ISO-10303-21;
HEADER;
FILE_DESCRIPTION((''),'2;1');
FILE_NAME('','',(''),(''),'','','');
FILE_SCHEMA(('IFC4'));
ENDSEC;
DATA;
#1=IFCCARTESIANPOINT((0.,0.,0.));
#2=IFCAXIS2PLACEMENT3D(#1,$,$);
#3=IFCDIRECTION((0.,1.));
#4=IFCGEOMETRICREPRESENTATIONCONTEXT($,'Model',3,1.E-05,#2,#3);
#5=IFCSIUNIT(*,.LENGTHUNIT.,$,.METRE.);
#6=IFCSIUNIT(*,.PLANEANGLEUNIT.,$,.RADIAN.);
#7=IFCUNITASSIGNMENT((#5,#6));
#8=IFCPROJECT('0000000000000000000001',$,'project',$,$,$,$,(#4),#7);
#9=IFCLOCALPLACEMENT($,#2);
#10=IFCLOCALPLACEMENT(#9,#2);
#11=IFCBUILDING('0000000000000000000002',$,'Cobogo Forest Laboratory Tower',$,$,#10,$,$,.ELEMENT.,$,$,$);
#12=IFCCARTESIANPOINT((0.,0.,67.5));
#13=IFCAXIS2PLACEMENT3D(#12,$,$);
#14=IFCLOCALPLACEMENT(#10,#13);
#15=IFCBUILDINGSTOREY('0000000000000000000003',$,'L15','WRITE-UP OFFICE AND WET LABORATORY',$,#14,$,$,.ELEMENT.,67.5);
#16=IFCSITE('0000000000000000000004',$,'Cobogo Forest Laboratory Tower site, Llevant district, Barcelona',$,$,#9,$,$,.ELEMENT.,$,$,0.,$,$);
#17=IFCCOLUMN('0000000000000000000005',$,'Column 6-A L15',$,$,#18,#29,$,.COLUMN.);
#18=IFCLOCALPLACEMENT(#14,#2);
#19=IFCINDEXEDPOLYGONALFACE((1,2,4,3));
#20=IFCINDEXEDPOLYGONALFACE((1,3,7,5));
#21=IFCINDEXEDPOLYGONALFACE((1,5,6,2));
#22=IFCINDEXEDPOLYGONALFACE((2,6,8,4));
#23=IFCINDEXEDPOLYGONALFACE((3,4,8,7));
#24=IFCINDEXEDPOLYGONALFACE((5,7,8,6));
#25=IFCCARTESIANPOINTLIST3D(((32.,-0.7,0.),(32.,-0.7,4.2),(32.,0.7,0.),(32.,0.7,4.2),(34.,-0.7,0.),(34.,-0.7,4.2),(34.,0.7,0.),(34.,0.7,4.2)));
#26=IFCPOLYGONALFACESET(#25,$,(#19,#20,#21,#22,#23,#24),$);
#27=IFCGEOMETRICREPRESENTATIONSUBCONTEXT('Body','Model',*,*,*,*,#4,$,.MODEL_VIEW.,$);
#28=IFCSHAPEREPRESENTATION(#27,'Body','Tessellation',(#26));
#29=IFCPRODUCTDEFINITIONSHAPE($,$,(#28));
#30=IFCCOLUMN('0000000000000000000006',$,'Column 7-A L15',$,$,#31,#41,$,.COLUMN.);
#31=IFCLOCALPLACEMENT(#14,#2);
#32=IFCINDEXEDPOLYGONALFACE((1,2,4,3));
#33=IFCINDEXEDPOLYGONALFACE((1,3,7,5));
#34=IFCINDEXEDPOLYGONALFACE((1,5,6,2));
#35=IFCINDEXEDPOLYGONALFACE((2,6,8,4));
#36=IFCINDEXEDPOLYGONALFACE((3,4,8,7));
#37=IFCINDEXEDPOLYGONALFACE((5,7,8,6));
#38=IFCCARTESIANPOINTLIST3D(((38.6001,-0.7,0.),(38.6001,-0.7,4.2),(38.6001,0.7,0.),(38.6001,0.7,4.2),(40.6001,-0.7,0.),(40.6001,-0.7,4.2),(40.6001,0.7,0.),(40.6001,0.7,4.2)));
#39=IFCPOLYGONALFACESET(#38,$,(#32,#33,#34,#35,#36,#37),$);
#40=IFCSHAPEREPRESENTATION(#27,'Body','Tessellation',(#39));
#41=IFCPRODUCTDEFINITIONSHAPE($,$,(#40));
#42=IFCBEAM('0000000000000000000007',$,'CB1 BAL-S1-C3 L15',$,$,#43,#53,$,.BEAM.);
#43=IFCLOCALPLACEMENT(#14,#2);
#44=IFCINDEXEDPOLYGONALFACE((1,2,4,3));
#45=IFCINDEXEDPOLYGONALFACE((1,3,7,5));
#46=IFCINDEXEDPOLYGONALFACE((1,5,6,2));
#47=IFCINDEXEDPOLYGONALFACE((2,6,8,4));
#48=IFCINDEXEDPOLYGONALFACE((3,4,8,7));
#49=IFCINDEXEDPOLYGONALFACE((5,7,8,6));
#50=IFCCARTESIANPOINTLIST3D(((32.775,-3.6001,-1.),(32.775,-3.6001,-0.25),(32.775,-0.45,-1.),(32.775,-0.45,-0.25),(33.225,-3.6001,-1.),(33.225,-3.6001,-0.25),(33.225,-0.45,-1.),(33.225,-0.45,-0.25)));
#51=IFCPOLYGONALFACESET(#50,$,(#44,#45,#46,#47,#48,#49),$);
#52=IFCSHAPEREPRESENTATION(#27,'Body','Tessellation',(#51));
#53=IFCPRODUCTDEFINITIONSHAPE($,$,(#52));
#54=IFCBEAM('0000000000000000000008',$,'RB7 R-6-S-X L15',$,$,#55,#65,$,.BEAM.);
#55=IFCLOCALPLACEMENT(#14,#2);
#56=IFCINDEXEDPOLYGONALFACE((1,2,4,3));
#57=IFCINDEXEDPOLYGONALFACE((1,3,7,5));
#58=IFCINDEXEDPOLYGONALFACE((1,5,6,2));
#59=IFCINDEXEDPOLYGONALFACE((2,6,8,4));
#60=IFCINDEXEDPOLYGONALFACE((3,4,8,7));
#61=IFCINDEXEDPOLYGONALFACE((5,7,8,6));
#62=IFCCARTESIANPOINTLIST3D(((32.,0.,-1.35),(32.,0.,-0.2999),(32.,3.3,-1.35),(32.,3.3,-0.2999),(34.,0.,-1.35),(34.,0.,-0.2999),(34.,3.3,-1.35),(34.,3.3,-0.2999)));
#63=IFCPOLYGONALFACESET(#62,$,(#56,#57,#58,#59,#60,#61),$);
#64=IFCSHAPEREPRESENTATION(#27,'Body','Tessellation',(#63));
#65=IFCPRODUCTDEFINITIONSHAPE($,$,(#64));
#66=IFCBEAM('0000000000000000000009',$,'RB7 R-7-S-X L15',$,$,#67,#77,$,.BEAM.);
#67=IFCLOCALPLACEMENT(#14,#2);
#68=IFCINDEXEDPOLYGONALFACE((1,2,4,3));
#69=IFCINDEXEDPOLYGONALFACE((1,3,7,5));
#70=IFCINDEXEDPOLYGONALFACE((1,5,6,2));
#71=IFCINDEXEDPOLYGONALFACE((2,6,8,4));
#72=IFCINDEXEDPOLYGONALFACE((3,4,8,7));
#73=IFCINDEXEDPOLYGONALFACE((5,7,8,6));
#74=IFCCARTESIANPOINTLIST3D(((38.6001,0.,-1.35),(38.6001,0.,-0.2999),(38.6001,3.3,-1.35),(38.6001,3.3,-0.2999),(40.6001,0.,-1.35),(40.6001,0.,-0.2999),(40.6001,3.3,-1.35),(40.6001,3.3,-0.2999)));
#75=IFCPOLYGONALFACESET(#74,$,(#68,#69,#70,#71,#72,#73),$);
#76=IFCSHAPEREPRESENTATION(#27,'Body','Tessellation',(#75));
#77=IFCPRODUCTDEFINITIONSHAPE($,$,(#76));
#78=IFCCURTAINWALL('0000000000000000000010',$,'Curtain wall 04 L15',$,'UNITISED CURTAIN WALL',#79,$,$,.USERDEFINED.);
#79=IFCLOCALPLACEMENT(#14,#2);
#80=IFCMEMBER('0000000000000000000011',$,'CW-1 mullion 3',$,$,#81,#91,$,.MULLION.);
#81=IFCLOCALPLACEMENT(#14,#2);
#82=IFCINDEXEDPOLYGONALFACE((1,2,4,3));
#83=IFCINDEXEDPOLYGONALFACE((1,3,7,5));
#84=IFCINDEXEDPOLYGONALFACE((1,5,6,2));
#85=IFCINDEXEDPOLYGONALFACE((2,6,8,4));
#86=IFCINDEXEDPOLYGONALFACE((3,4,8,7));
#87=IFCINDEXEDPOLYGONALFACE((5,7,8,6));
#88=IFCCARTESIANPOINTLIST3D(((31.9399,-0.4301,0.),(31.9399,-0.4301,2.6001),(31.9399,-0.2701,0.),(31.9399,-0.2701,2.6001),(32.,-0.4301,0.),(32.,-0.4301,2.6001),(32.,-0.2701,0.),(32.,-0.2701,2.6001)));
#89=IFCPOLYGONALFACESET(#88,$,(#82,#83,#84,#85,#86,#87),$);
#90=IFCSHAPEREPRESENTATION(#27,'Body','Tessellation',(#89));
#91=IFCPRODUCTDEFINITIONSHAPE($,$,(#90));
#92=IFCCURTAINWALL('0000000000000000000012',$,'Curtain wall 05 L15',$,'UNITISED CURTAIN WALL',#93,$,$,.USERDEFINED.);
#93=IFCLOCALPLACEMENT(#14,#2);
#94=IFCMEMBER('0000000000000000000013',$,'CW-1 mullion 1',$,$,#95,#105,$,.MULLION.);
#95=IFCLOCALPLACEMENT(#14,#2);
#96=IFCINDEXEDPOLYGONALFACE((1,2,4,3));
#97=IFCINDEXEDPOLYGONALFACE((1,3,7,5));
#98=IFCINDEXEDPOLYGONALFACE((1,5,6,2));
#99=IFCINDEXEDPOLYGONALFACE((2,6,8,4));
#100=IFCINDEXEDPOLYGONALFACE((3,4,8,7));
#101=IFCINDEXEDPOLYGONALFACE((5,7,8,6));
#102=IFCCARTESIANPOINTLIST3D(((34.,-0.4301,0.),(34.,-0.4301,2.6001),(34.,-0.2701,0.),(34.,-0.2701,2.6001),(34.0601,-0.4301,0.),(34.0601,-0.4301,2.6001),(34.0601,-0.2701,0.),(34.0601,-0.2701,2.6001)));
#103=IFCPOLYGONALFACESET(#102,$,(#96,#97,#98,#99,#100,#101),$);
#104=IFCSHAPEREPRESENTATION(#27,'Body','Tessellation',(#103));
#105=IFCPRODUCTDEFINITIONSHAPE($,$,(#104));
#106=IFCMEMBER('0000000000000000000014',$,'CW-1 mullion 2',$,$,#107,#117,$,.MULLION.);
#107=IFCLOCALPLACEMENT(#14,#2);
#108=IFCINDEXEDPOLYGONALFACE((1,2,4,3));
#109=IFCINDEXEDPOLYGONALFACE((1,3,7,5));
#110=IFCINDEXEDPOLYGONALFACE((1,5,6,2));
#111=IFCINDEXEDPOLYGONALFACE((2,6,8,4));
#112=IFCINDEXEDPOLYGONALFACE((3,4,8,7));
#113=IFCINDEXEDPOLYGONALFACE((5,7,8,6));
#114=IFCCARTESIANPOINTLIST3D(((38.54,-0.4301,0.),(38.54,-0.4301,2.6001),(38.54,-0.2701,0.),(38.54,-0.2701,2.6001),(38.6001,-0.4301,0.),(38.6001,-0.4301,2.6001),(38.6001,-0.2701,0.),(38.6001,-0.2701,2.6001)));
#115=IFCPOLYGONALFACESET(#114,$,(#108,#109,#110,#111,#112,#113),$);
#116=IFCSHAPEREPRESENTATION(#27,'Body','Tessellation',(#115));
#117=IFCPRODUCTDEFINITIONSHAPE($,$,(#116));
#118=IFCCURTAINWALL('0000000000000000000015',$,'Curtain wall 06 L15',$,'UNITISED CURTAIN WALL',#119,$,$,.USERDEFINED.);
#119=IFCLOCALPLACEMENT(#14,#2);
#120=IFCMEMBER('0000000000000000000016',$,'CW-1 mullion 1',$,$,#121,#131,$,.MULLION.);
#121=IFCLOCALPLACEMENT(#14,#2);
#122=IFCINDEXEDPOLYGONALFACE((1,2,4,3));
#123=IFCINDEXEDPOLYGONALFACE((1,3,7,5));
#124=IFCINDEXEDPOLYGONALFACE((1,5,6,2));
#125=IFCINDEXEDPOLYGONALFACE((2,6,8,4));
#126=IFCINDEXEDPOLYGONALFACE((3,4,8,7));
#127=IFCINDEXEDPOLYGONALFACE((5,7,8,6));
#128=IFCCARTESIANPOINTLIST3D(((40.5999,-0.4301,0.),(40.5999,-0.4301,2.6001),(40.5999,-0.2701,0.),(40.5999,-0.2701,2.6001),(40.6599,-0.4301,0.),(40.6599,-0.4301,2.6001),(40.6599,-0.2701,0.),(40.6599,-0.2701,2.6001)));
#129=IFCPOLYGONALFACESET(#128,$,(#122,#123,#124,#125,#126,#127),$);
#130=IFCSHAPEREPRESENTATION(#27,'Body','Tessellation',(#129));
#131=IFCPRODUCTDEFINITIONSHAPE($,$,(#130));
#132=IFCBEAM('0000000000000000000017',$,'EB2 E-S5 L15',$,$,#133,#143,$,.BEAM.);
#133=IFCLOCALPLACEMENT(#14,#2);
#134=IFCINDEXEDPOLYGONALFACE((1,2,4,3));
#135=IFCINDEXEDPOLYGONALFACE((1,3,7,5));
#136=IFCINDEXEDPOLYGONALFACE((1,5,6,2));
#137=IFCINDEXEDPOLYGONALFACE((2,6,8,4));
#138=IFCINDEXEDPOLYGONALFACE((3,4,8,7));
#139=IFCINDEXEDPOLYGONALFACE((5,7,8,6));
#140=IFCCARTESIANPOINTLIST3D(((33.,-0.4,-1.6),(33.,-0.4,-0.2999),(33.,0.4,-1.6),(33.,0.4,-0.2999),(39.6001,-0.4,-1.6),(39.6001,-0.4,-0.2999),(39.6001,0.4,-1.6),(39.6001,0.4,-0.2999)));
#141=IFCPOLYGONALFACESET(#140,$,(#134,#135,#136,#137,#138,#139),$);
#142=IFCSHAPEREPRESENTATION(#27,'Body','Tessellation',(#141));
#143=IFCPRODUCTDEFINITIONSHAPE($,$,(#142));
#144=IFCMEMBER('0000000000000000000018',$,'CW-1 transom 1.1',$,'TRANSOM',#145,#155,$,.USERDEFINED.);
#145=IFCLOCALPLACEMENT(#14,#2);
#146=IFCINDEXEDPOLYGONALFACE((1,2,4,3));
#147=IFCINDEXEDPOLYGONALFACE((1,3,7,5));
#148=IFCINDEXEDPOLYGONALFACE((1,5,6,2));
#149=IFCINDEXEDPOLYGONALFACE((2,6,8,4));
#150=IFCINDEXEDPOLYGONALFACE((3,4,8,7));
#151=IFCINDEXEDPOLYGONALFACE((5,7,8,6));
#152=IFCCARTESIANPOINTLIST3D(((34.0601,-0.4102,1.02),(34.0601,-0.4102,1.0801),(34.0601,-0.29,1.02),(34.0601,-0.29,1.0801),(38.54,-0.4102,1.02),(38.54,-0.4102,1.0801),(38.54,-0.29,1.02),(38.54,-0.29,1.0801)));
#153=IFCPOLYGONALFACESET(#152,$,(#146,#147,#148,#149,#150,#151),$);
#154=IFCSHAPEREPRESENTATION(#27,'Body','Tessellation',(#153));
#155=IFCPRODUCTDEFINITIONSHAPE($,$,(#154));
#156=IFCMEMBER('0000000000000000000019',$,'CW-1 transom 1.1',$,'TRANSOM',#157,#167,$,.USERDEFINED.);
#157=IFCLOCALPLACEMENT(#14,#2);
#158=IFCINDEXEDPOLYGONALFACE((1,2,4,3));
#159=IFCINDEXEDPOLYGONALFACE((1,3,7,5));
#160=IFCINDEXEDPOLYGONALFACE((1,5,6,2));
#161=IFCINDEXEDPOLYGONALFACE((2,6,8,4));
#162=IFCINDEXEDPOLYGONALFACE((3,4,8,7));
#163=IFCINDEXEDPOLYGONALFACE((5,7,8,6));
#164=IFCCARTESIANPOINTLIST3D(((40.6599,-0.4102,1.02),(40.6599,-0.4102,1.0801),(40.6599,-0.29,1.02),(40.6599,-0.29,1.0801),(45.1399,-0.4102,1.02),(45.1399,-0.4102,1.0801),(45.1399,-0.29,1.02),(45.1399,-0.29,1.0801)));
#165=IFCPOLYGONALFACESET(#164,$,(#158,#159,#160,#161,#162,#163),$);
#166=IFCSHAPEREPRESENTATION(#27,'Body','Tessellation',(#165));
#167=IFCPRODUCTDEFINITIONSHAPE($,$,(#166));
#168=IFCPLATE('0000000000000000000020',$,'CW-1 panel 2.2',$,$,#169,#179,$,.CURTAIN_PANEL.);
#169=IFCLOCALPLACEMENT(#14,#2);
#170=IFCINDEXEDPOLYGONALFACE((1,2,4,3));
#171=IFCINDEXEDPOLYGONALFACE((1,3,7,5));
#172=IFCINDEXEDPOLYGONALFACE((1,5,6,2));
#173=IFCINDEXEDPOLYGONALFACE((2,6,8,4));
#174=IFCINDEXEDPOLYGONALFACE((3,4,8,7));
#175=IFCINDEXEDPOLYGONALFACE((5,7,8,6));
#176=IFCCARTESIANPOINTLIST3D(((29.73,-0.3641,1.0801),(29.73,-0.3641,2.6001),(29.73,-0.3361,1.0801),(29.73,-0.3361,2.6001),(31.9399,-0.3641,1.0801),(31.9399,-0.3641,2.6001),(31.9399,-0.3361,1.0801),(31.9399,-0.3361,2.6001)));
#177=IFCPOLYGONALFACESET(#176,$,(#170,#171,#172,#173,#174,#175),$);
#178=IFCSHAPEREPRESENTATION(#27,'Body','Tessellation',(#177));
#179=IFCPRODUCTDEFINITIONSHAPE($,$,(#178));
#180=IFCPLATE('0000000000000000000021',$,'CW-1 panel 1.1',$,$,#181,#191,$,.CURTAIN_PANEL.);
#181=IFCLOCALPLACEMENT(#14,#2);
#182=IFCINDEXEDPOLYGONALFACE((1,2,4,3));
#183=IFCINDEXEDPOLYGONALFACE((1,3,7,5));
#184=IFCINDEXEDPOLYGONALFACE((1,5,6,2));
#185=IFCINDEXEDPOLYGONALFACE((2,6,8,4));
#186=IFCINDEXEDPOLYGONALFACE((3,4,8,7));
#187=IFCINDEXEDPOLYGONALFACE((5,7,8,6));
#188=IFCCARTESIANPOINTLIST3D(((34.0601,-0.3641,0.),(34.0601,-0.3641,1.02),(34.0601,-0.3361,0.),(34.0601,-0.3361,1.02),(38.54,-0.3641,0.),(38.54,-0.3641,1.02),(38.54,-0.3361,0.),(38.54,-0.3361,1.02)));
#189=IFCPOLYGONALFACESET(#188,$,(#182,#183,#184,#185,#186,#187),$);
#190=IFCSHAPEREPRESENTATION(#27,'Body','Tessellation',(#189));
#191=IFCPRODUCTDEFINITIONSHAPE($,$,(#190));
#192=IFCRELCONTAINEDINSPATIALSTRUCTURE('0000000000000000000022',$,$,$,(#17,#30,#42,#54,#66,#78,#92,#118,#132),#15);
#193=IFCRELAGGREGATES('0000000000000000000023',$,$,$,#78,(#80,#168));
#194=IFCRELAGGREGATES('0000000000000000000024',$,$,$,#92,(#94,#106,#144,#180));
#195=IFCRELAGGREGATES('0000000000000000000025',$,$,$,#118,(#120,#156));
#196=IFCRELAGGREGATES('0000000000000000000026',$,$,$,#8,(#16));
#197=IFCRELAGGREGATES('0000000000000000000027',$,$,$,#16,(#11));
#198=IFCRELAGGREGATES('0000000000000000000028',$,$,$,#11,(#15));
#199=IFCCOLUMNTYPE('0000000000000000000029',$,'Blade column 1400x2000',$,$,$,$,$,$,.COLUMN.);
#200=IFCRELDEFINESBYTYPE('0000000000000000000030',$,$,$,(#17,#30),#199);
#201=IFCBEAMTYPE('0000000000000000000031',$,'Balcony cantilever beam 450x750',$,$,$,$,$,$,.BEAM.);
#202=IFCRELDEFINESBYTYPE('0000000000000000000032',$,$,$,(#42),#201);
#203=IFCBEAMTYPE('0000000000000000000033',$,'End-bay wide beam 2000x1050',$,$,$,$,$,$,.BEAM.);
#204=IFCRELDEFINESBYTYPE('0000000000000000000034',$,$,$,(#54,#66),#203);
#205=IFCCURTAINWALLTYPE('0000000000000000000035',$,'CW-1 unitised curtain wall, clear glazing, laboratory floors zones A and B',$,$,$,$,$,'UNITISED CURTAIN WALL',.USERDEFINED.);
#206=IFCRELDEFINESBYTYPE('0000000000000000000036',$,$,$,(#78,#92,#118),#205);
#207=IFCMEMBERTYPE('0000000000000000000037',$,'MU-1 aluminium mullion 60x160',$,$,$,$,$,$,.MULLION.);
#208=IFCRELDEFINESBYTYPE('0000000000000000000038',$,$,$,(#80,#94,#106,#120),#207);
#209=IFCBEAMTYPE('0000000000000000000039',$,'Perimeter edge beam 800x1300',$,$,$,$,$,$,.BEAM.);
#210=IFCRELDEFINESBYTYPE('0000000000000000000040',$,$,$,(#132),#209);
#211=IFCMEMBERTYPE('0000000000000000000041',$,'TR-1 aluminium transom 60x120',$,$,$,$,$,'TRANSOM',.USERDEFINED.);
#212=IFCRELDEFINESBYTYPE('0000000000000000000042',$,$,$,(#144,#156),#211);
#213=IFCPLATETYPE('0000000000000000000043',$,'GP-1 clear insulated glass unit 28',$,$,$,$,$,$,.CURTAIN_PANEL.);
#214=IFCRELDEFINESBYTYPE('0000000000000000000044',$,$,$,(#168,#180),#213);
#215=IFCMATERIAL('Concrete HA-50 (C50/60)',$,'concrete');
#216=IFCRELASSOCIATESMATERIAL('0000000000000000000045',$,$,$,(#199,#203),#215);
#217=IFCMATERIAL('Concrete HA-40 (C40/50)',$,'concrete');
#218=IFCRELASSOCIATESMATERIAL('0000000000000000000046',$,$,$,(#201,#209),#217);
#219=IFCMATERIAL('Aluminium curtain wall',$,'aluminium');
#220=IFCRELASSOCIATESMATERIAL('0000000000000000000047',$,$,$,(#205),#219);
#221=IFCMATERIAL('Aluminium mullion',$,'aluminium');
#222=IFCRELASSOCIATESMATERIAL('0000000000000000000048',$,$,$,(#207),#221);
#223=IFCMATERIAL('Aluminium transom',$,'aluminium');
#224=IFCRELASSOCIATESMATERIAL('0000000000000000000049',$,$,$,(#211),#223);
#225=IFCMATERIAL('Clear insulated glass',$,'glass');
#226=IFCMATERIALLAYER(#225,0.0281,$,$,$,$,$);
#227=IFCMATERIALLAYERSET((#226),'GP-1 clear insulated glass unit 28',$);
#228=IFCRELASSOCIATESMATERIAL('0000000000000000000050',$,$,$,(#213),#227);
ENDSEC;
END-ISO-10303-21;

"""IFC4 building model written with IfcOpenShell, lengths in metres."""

from ifc_helpers import new_model, si_unit, direction, frame, origin, origin_2d, place, context, subcontext, project, spatial, rectangle, extrude, material, layer, layer_set, material_profile, profile_set, type_object, element, aggregate, save


model = new_model("IFC4")

# Units and contexts
model_context = context("Model", 3, precision=1e-05, world=origin(), true_north=direction((0.0, 1.0)))
body_context = subcontext(model_context, "Body", "Model", "MODEL_VIEW")
ifc_project = project(units=[si_unit("LENGTHUNIT", "METRE"), si_unit("PLANEANGLEUNIT", "RADIAN")], contexts=[model_context])

# Site, building, storey
site_placement = place(None, origin())
site = spatial("IfcSite", under=ifc_project, at=site_placement, Name="Cobogo Forest Laboratory Tower site, Llevant district, Barcelona", CompositionType="ELEMENT", RefElevation=0.0)
building_placement = place(site_placement, origin())
building = spatial("IfcBuilding", under=site, at=building_placement, Name="Cobogo Forest Laboratory Tower", CompositionType="ELEMENT")
storey_placement = place(building_placement, frame((0.0, 0.0, 67.5)))
storey = spatial("IfcBuildingStorey", under=building, at=storey_placement, Name="L15", Description="WRITE-UP OFFICE AND WET LABORATORY", CompositionType="ELEMENT", Elevation=67.5)

# Columns
ifc_material_1 = material(Name="Concrete HA-50 (C50/60)", Category="concrete")
ifc_material_profile_1 = material_profile(ifc_material_1, rectangle(XDim=2.0, YDim=1.3999, at=origin_2d()), Name="RC 1400x2000")
ifc_profile_set_1 = profile_set([ifc_material_profile_1], Name="Concrete HA-50 (C50/60)")
column_type = type_object("IfcColumnType", Name="Blade column 1400x2000", PredefinedType="COLUMN", material=ifc_profile_set_1)
for number, where, z_axis, x_axis, name in (
    (1, (33.0, 0.0, 0.0), (0.0, 0.0, 1.0), (1.0, 0.0, 0.0), "Column 6-A L15"),
    (2, (39.6001, 0.0, 0.0), (0.0, 0.0, 1.0), (1.0, 0.0, 0.0), "Column 7-A L15"),
):
    element("IfcColumn", number, at=place(storey_placement, frame(where, z_axis=z_axis, x_axis=x_axis)), inside=storey, type_object=column_type, Name=name, PredefinedType="COLUMN", context=body_context, shape_type="SweptSolid", body=[
        extrude(rectangle(XDim=2.0, YDim=1.3999, at=origin_2d()), origin(), (0.0, 0.0, 1.0), 4.2),
    ])

# Beams
ifc_material_2 = material(Name="Concrete HA-40 (C40/50)", Category="concrete")
ifc_material_profile_2 = material_profile(ifc_material_2, rectangle(XDim=0.45, YDim=0.75, at=origin_2d()), Name="RC 450x750")
ifc_profile_set_2 = profile_set([ifc_material_profile_2], Name="Concrete HA-40 (C40/50)")
beam_type_1 = type_object("IfcBeamType", Name="Balcony cantilever beam 450x750", PredefinedType="BEAM", material=ifc_profile_set_2)
beam_1_placement = place(storey_placement, frame((33.0, -0.45, -0.625), z_axis=(0.0, -1.0, 0.0), x_axis=(1.0, 0.0, 0.0)))
element("IfcBeam", 3, at=beam_1_placement, inside=storey, type_object=beam_type_1, Name="CB1 BAL-S1-C3 L15", PredefinedType="BEAM", context=body_context, shape_type="SweptSolid", body=[
    extrude(rectangle(XDim=0.45, YDim=0.75, at=origin_2d()), origin(), (0.0, 0.0, 1.0), 3.1501),
])
ifc_material_profile_3 = material_profile(ifc_material_1, rectangle(XDim=2.0, YDim=1.05, at=origin_2d()), Name="RC 2000x1050")
ifc_profile_set_3 = profile_set([ifc_material_profile_3], Name="Concrete HA-50 (C50/60)")
beam_type_2 = type_object("IfcBeamType", Name="End-bay wide beam 2000x1050", PredefinedType="BEAM", material=ifc_profile_set_3)
for number, where, z_axis, x_axis, name in (
    (4, (33.0, 0.0, -0.825), (0.0, 1.0, 0.0), (-1.0, 0.0, 0.0), "RB7 R-6-S-X L15"),
    (5, (39.6001, 0.0, -0.825), (0.0, 1.0, 0.0), (-1.0, 0.0, 0.0), "RB7 R-7-S-X L15"),
):
    element("IfcBeam", number, at=place(storey_placement, frame(where, z_axis=z_axis, x_axis=x_axis)), inside=storey, type_object=beam_type_2, Name=name, PredefinedType="BEAM", context=body_context, shape_type="SweptSolid", body=[
        extrude(rectangle(XDim=2.0, YDim=1.05, at=origin_2d()), origin(), (0.0, 0.0, 1.0), 3.3),
    ])

# Curtain wall, member
ifc_material_3 = material(Name="Aluminium curtain wall", Category="aluminium")
curtain_wall_type = type_object("IfcCurtainWallType", Name="CW-1 unitised curtain wall, clear glazing, laboratory floors zones A and B", ElementType="UNITISED CURTAIN WALL", PredefinedType="USERDEFINED", material=ifc_material_3)
curtain_wall_1_placement = place(storey_placement, origin())
curtain_wall_1 = element("IfcCurtainWall", 6, at=curtain_wall_1_placement, inside=storey, type_object=curtain_wall_type, Name="Curtain wall 04 L15", ObjectType="UNITISED CURTAIN WALL", PredefinedType="USERDEFINED")
ifc_material_4 = material(Name="Aluminium mullion", Category="aluminium")
ifc_material_profile_4 = material_profile(ifc_material_4, rectangle(XDim=0.0601, YDim=0.1599, at=origin_2d()), Name="AL 60x160")
ifc_profile_set_4 = profile_set([ifc_material_profile_4], Name="Aluminium mullion")
member_type_1 = type_object("IfcMemberType", Name="MU-1 aluminium mullion 60x160", PredefinedType="MULLION", material=ifc_profile_set_4)
member_1_placement = place(storey_placement, frame((31.97, -0.3501, 0.0), z_axis=(0.0, 0.0, 1.0), x_axis=(1.0, 0.0, 0.0)))
member_1 = element("IfcMember", 7, at=member_1_placement, type_object=member_type_1, Name="CW-1 mullion 3", PredefinedType="MULLION", context=body_context, shape_type="SweptSolid", body=[
    extrude(rectangle(XDim=0.0601, YDim=0.1599, at=origin_2d()), origin(), (0.0, 0.0, 1.0), 2.6001),
])

# Curtain wall, members
curtain_wall_2_placement = place(storey_placement, origin())
curtain_wall_2 = element("IfcCurtainWall", 8, at=curtain_wall_2_placement, inside=storey, type_object=curtain_wall_type, Name="Curtain wall 05 L15", ObjectType="UNITISED CURTAIN WALL", PredefinedType="USERDEFINED")
member_2_placement = place(storey_placement, frame((34.03, -0.3501, 0.0), z_axis=(0.0, 0.0, 1.0), x_axis=(1.0, 0.0, 0.0)))
member_2 = element("IfcMember", 9, at=member_2_placement, type_object=member_type_1, Name="CW-1 mullion 1", PredefinedType="MULLION", context=body_context, shape_type="SweptSolid", body=[
    extrude(rectangle(XDim=0.0601, YDim=0.1599, at=origin_2d()), origin(), (0.0, 0.0, 1.0), 2.6001),
])
member_3_placement = place(storey_placement, frame((38.5701, -0.3501, 0.0), z_axis=(0.0, 0.0, 1.0), x_axis=(1.0, 0.0, 0.0)))
member_3 = element("IfcMember", 10, at=member_3_placement, type_object=member_type_1, Name="CW-1 mullion 2", PredefinedType="MULLION", context=body_context, shape_type="SweptSolid", body=[
    extrude(rectangle(XDim=0.0601, YDim=0.1599, at=origin_2d()), origin(), (0.0, 0.0, 1.0), 2.6001),
])

# Curtain wall, member
curtain_wall_3_placement = place(storey_placement, origin())
curtain_wall_3 = element("IfcCurtainWall", 11, at=curtain_wall_3_placement, inside=storey, type_object=curtain_wall_type, Name="Curtain wall 06 L15", ObjectType="UNITISED CURTAIN WALL", PredefinedType="USERDEFINED")
member_4_placement = place(storey_placement, frame((40.6299, -0.3501, 0.0), z_axis=(0.0, 0.0, 1.0), x_axis=(1.0, 0.0, 0.0)))
member_4 = element("IfcMember", 12, at=member_4_placement, type_object=member_type_1, Name="CW-1 mullion 1", PredefinedType="MULLION", context=body_context, shape_type="SweptSolid", body=[
    extrude(rectangle(XDim=0.0601, YDim=0.1599, at=origin_2d()), origin(), (0.0, 0.0, 1.0), 2.6001),
])

# Beam
ifc_material_profile_5 = material_profile(ifc_material_2, rectangle(XDim=0.8, YDim=1.3, at=origin_2d()), Name="RC 800x1300")
ifc_profile_set_5 = profile_set([ifc_material_profile_5], Name="Concrete HA-40 (C40/50)")
beam_type_3 = type_object("IfcBeamType", Name="Perimeter edge beam 800x1300", PredefinedType="BEAM", material=ifc_profile_set_5)
beam_2_placement = place(storey_placement, frame((33.0, 0.0, -0.95), z_axis=(1.0, 0.0, 0.0), x_axis=(0.0, 1.0, 0.0)))
element("IfcBeam", 13, at=beam_2_placement, inside=storey, type_object=beam_type_3, Name="EB2 E-S5 L15", PredefinedType="BEAM", context=body_context, shape_type="SweptSolid", body=[
    extrude(rectangle(XDim=0.8, YDim=1.3, at=origin_2d()), origin(), (0.0, 0.0, 1.0), 6.6001),
])

# Members
ifc_material_5 = material(Name="Aluminium transom", Category="aluminium")
ifc_material_profile_6 = material_profile(ifc_material_5, rectangle(XDim=0.1201, YDim=0.0601, at=origin_2d()), Name="AL 60x120")
ifc_profile_set_6 = profile_set([ifc_material_profile_6], Name="Aluminium transom")
member_type_2 = type_object("IfcMemberType", Name="TR-1 aluminium transom 60x120", ElementType="TRANSOM", PredefinedType="USERDEFINED", material=ifc_profile_set_6)
member_5_placement = place(storey_placement, frame((34.0601, -0.3501, 1.05), z_axis=(1.0, 0.0, 0.0), x_axis=(0.0, 1.0, 0.0)))
member_5 = element("IfcMember", 14, at=member_5_placement, type_object=member_type_2, Name="CW-1 transom 1.1", ObjectType="TRANSOM", PredefinedType="USERDEFINED", context=body_context, shape_type="SweptSolid", body=[
    extrude(rectangle(XDim=0.1201, YDim=0.0601, at=origin_2d()), origin(), (0.0, 0.0, 1.0), 4.48),
])
member_6_placement = place(storey_placement, frame((40.6599, -0.3501, 1.05), z_axis=(1.0, 0.0, 0.0), x_axis=(0.0, 1.0, 0.0)))
member_6 = element("IfcMember", 15, at=member_6_placement, type_object=member_type_2, Name="CW-1 transom 1.1", ObjectType="TRANSOM", PredefinedType="USERDEFINED", context=body_context, shape_type="SweptSolid", body=[
    extrude(rectangle(XDim=0.1201, YDim=0.0601, at=origin_2d()), origin(), (0.0, 0.0, 1.0), 4.48),
])

# Plates
ifc_material_6 = material(Name="Clear insulated glass", Category="glass")
ifc_layer = layer(ifc_material_6, 0.0281)
ifc_layer_set = layer_set([ifc_layer], Name="GP-1 clear insulated glass unit 28")
plate_type_1 = type_object("IfcPlateType", Name="GP-1 clear insulated glass unit 28", PredefinedType="CURTAIN_PANEL", material=ifc_layer_set)
plate_1_placement = place(storey_placement, frame((30.835, -0.3501, 1.0801), z_axis=(0.0, 0.0, 1.0), x_axis=(1.0, 0.0, 0.0)))
plate_1 = element("IfcPlate", 16, at=plate_1_placement, type_object=plate_type_1, Name="CW-1 panel 2.2", PredefinedType="CURTAIN_PANEL", context=body_context, shape_type="SweptSolid", body=[
    extrude(rectangle(XDim=2.21, YDim=0.0281, at=origin_2d()), origin(), (0.0, 0.0, 1.0), 1.52),
])
aggregate(curtain_wall_1, [member_1, plate_1])
plate_2_placement = place(storey_placement, frame((36.3, -0.3501, 0.0), z_axis=(0.0, 0.0, 1.0), x_axis=(1.0, 0.0, 0.0)))
plate_2 = element("IfcPlate", 17, at=plate_2_placement, type_object=plate_type_1, Name="CW-1 panel 1.1", PredefinedType="CURTAIN_PANEL", context=body_context, shape_type="SweptSolid", body=[
    extrude(rectangle(XDim=4.48, YDim=0.0281, at=origin_2d()), origin(), (0.0, 0.0, 1.0), 1.02),
])
aggregate(curtain_wall_2, [member_2, member_3, member_5, plate_2])
aggregate(curtain_wall_3, [member_4, member_6])

save(model, "model.ifc")
